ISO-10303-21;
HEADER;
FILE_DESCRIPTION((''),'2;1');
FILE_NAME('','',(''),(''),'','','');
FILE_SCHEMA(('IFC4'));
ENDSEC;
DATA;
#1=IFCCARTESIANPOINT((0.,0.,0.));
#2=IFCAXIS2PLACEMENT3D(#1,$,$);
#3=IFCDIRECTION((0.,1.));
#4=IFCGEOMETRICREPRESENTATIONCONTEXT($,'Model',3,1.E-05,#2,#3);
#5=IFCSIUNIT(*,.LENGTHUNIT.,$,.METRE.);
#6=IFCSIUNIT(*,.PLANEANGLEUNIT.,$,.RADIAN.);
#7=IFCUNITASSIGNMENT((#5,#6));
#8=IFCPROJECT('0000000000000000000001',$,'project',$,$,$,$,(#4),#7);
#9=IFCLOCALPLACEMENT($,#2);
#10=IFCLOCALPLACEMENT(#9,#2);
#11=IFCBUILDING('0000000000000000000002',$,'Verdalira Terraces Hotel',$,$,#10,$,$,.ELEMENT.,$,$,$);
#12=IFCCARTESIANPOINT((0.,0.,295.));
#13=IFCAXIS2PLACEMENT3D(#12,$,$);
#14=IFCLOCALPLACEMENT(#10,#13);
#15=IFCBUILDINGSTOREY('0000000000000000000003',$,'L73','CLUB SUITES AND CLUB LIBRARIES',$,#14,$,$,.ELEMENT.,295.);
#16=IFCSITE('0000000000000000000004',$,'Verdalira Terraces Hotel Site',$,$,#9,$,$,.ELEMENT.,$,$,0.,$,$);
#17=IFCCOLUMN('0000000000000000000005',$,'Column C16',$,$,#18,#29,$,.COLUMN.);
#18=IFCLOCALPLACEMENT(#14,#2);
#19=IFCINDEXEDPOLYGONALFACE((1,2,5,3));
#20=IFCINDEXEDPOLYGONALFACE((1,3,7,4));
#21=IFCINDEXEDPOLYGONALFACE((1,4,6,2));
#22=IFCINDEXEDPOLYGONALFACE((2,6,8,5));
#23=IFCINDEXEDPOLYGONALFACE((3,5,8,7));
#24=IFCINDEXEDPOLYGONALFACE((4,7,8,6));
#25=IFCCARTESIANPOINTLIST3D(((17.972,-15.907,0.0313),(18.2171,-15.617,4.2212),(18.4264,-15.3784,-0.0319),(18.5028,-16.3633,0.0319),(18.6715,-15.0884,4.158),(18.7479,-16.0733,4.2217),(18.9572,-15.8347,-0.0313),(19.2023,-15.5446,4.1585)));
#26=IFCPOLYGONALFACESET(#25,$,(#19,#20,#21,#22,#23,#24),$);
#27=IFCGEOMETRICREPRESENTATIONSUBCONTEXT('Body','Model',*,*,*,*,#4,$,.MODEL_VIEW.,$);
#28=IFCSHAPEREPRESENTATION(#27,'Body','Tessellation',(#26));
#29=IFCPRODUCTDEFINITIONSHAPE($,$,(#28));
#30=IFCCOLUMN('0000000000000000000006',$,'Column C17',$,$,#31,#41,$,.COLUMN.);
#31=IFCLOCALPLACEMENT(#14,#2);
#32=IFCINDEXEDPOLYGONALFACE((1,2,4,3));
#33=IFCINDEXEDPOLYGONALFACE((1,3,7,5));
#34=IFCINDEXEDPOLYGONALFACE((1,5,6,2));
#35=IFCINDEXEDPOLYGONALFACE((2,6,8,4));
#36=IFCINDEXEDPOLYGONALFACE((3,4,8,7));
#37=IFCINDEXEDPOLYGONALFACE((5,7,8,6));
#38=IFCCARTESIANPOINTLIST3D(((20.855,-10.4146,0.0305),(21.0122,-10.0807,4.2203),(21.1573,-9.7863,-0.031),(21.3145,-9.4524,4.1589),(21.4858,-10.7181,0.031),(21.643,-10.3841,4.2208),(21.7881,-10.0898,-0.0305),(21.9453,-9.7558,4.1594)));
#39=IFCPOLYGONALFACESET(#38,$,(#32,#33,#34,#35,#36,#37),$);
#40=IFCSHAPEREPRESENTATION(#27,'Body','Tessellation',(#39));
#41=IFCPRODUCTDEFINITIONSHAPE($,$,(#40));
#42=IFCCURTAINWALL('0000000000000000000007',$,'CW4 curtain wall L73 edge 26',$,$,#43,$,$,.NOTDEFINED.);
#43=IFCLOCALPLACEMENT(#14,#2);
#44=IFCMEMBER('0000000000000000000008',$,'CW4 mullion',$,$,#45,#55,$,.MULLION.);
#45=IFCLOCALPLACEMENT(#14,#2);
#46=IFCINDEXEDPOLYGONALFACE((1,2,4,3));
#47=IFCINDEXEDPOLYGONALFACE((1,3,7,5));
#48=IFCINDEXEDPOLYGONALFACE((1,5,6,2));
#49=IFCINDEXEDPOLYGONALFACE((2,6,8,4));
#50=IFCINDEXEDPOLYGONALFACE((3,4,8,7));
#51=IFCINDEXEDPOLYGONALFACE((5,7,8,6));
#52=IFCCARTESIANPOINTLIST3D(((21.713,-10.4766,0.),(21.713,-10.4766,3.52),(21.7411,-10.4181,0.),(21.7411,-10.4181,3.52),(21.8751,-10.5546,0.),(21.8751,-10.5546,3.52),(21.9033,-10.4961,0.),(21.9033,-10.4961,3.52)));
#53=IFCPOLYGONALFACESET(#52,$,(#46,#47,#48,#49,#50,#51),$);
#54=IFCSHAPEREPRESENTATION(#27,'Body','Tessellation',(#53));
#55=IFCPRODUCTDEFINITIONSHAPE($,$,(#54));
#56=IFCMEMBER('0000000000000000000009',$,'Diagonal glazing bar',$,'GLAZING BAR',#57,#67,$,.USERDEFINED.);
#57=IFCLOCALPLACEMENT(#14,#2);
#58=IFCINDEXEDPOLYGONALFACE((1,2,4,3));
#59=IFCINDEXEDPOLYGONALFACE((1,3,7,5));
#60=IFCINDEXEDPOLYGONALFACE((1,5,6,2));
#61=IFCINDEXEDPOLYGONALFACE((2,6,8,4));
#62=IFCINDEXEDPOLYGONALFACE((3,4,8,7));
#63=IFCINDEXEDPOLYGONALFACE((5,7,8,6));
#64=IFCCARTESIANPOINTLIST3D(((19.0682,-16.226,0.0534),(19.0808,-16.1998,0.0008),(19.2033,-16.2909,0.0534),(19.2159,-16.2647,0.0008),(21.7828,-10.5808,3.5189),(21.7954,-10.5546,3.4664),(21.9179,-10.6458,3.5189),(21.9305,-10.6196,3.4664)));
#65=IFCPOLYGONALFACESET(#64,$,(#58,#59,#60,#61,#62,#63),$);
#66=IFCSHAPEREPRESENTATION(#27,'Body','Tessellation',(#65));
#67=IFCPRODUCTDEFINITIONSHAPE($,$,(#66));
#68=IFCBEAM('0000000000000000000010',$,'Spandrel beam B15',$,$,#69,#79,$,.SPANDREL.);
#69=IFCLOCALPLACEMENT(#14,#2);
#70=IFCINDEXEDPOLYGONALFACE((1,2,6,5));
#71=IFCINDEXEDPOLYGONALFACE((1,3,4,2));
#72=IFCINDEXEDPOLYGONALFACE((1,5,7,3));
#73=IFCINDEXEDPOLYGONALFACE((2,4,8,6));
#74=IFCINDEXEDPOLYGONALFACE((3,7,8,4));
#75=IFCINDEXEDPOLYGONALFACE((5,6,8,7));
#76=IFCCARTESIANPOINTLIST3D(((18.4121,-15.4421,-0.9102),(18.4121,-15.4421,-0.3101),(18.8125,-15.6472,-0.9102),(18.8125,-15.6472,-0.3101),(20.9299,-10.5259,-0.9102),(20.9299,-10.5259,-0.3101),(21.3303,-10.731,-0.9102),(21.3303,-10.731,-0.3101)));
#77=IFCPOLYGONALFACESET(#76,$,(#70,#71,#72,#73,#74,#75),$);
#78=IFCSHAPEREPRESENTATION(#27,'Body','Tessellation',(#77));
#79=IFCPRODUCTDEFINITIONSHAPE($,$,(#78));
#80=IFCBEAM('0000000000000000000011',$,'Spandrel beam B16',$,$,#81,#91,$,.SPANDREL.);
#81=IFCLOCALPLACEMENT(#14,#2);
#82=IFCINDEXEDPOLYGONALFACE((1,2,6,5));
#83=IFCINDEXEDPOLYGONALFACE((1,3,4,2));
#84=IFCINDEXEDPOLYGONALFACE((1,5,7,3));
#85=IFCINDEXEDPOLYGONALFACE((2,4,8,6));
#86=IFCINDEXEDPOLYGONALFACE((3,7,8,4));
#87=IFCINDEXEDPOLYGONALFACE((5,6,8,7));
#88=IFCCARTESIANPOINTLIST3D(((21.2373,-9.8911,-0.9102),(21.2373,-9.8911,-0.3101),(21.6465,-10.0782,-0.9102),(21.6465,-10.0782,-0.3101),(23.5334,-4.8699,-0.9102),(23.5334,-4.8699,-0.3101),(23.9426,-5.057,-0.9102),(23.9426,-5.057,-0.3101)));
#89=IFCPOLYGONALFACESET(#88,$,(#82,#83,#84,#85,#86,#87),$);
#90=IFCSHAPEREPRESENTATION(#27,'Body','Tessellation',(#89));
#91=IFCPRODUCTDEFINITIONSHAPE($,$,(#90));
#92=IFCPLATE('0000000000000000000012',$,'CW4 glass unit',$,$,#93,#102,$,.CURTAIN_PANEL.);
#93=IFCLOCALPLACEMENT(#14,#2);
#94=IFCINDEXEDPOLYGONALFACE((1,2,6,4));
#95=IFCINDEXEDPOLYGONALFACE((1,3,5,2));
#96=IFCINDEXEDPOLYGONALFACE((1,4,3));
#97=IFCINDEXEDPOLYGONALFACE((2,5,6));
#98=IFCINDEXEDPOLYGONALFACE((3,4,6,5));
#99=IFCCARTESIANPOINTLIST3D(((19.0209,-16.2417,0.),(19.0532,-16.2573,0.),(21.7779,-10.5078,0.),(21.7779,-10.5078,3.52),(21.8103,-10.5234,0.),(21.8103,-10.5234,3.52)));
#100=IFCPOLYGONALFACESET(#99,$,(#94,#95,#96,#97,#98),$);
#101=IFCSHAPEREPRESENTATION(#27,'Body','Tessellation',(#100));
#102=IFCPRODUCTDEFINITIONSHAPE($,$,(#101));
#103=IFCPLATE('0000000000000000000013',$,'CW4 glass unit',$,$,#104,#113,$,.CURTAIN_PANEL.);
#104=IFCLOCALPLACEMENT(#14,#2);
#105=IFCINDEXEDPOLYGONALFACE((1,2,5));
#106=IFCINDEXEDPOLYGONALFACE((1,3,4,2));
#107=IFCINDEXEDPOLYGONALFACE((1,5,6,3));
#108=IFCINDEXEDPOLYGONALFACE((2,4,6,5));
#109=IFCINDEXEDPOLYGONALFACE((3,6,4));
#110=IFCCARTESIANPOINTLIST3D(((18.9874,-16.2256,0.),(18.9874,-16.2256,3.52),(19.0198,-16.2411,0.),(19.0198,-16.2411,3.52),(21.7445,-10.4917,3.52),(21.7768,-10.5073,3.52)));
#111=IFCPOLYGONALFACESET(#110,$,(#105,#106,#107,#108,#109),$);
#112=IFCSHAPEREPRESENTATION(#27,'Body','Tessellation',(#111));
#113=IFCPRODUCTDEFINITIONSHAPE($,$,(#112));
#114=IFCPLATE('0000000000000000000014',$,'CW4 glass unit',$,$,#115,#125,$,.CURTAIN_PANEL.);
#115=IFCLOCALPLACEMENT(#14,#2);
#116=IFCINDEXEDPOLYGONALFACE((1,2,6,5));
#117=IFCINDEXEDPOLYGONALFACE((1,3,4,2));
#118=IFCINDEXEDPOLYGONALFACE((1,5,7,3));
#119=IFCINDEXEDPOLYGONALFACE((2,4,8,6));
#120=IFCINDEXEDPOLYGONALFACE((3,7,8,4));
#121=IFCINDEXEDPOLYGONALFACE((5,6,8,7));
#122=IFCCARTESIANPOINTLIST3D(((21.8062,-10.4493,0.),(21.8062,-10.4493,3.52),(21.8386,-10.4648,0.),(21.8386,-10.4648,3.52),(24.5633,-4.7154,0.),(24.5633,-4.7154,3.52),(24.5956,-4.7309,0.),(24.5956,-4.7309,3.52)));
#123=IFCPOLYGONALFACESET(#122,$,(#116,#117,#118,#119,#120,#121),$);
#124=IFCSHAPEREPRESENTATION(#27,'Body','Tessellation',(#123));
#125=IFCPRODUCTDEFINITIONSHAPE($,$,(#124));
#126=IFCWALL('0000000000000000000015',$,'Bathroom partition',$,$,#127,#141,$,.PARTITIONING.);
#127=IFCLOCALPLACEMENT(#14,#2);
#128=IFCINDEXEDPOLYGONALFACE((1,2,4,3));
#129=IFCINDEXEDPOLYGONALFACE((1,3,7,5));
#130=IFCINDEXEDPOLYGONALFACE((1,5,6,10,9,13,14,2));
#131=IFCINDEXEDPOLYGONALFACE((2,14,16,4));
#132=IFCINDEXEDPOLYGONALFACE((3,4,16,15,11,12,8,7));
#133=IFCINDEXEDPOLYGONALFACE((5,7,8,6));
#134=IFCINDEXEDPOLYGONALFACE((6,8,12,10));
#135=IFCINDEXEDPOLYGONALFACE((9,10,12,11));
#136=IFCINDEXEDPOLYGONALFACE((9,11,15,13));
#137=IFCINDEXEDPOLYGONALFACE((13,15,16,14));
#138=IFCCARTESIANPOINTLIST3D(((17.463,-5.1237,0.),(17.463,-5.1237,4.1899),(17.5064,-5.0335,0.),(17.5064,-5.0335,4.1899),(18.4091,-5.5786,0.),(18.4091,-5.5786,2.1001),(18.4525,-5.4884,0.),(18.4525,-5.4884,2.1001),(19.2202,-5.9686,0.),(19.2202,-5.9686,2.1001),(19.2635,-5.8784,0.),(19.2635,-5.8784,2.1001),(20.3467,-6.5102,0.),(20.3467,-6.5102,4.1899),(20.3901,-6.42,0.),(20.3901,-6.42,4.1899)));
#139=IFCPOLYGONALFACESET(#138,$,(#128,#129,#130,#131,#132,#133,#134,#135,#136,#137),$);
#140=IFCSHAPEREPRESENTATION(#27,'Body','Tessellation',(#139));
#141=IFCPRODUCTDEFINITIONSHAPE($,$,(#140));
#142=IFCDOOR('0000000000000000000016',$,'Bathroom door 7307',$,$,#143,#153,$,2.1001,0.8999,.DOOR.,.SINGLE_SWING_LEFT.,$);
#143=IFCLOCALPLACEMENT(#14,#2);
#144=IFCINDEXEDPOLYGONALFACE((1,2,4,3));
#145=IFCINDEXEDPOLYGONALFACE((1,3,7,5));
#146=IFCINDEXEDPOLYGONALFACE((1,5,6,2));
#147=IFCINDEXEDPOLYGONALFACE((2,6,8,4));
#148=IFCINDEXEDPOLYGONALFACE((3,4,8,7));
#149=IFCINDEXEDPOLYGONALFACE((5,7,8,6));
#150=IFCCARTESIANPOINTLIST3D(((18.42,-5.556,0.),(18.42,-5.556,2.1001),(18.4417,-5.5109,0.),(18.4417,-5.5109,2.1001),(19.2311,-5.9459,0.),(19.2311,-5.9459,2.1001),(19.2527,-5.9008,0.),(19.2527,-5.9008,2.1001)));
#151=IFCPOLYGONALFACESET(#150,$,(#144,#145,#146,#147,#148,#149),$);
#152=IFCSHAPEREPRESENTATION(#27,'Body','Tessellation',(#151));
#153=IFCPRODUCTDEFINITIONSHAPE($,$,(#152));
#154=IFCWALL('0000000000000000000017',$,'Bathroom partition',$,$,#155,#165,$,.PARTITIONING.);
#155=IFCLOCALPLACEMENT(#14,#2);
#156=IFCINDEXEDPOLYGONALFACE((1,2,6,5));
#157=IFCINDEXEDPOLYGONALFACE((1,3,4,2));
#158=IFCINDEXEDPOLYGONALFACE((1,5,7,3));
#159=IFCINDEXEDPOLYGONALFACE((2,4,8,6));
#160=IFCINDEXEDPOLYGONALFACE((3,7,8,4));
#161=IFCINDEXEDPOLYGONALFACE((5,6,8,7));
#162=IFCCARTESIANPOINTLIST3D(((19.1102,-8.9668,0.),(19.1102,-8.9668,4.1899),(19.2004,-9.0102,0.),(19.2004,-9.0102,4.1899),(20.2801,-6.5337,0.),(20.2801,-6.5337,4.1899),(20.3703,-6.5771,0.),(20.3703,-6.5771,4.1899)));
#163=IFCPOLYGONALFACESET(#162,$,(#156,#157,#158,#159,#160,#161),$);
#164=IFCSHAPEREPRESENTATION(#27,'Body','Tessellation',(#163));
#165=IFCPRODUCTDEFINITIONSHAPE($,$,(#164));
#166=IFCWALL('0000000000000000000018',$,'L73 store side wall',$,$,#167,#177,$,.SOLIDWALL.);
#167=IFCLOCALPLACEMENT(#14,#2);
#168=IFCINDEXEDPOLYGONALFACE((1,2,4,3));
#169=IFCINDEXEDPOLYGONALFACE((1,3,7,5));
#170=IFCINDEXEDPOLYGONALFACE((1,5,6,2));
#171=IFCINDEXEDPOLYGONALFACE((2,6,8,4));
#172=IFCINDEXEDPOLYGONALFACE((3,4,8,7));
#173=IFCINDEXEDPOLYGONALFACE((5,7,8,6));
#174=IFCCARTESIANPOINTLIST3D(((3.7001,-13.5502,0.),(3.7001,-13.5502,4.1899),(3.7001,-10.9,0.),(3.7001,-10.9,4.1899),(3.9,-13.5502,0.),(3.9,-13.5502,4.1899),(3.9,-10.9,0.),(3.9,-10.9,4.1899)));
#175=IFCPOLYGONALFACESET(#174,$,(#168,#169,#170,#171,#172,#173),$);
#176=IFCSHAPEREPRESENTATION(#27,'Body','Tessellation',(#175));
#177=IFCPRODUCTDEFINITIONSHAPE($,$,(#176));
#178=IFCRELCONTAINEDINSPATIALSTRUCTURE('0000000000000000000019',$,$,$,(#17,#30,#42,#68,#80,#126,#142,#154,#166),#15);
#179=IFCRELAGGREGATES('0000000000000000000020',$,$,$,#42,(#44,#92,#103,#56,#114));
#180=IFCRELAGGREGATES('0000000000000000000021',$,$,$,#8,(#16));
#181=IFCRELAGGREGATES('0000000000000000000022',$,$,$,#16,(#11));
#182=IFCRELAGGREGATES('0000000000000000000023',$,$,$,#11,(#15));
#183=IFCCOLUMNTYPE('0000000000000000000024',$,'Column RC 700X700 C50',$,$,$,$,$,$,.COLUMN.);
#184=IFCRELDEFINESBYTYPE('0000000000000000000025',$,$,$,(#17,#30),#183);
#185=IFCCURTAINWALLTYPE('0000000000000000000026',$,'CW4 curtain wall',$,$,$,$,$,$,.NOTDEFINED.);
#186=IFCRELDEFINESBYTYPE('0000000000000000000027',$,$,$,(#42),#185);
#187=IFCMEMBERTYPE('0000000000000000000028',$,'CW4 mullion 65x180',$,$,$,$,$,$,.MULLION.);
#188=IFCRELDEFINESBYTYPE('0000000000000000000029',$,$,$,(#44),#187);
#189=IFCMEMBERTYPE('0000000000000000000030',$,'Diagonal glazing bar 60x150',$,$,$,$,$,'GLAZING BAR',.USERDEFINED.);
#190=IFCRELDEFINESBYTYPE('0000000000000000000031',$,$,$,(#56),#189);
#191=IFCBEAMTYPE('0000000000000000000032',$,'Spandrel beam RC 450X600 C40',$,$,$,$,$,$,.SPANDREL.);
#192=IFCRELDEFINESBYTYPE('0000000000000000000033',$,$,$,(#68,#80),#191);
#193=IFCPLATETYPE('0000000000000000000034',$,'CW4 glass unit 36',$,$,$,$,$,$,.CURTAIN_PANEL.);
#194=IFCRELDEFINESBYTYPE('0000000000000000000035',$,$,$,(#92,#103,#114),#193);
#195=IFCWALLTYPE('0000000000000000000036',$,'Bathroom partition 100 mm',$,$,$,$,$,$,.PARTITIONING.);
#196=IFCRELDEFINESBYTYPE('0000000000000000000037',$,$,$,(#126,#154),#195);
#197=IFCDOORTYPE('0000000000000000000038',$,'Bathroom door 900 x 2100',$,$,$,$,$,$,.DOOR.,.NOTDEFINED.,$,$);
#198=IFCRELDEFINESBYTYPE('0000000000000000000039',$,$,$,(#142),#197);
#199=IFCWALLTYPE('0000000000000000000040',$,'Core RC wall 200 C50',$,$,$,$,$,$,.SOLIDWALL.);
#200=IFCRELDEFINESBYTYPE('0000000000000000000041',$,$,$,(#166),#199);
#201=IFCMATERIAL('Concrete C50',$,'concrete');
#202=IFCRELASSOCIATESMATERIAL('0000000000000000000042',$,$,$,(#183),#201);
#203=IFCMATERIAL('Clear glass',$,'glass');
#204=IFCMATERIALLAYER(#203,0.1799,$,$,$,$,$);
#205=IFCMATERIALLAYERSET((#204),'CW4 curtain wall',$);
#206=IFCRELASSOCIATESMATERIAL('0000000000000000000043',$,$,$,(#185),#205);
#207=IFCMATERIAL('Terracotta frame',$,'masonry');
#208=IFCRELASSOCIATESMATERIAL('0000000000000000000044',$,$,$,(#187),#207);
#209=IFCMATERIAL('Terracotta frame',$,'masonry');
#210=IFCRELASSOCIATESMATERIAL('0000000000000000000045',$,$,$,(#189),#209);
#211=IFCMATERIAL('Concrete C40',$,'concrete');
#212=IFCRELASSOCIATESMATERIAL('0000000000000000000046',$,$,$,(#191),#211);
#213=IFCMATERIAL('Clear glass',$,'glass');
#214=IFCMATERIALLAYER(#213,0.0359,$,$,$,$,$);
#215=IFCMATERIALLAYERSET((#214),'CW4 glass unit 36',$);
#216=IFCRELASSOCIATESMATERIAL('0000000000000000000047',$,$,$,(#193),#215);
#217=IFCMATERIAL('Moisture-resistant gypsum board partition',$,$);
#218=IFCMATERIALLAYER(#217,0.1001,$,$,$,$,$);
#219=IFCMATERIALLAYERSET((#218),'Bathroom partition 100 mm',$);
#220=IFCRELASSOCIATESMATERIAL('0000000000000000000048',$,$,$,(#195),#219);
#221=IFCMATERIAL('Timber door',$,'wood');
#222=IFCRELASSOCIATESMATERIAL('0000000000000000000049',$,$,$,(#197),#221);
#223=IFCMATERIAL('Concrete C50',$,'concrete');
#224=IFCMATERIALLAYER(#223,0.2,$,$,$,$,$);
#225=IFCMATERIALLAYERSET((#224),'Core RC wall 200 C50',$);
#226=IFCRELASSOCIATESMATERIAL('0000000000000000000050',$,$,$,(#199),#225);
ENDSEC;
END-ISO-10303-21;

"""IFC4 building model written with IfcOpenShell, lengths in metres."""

from ifc_helpers import new_model, si_unit, direction, frame, frame_2d, origin, origin_2d, place, context, subcontext, project, spatial, polyline, rectangle, outline, extrude, material, layer, layer_set, material_profile, profile_set, type_object, element, fill, aggregate, save


model = new_model("IFC4")

# Units and contexts
model_context = context("Model", 3, precision=1e-05, world=origin(), true_north=direction((0.0, 1.0)))
body_context = subcontext(model_context, "Body", "Model", "MODEL_VIEW")
ifc_project = project(units=[si_unit("LENGTHUNIT", "METRE"), si_unit("PLANEANGLEUNIT", "RADIAN")], contexts=[model_context])

# Site, building, storey
site_placement = place(None, origin())
site = spatial("IfcSite", under=ifc_project, at=site_placement, Name="Verdalira Terraces Hotel Site", CompositionType="ELEMENT", RefElevation=0.0)
building_placement = place(site_placement, origin())
building = spatial("IfcBuilding", under=site, at=building_placement, Name="Verdalira Terraces Hotel", CompositionType="ELEMENT")
storey_placement = place(building_placement, frame((0.0, 0.0, 295.0)))
storey = spatial("IfcBuildingStorey", under=building, at=storey_placement, Name="L73", Description="CLUB SUITES AND CLUB LIBRARIES", CompositionType="ELEMENT", Elevation=295.0)

# Columns
ifc_material_1 = material(Name="Concrete C50", Category="concrete")
ifc_material_profile_1 = material_profile(ifc_material_1, rectangle(XDim=0.7, YDim=0.7, at=origin_2d()), Name="RC 700X700")
ifc_profile_set_1 = profile_set([ifc_material_profile_1], Name="Concrete C50")
column_type = type_object("IfcColumnType", Name="Column RC 700X700 C50", PredefinedType="COLUMN", material=ifc_profile_set_1)
column_1_placement = place(storey_placement, frame((18.4646, -15.8709, 0.0), z_axis=(0.058263, 0.06894, 0.995918), x_axis=(-0.649249, -0.755202, 0.090259)))
element("IfcColumn", 1, at=column_1_placement, inside=storey, type_object=column_type, Name="Column C16", PredefinedType="COLUMN", context=body_context, shape_type="SweptSolid", body=[
    extrude(rectangle(XDim=0.7, YDim=0.7, at=origin_2d()), origin(), (0.0, 0.0, 1.0), 4.207),
])
column_2_placement = place(storey_placement, frame((21.3215, -10.2522, 0.0), z_axis=(0.03738, 0.079403, 0.996141), x_axis=(0.431876, 0.897654, -0.087759)))
element("IfcColumn", 2, at=column_2_placement, inside=storey, type_object=column_type, Name="Column C17", PredefinedType="COLUMN", context=body_context, shape_type="SweptSolid", body=[
    extrude(rectangle(XDim=0.7, YDim=0.7, at=origin_2d()), origin(), (0.0, 0.0, 1.0), 4.2061),
])

# Curtain wall, members
ifc_material_2 = material(Name="Clear glass", Category="glass")
ifc_layer_1 = layer(ifc_material_2, 0.1799)
ifc_layer_set_1 = layer_set([ifc_layer_1], Name="CW4 curtain wall")
curtain_wall_type = type_object("IfcCurtainWallType", Name="CW4 curtain wall", PredefinedType="NOTDEFINED", material=ifc_layer_set_1)
curtain_wall_placement = place(storey_placement, origin())
curtain_wall = element("IfcCurtainWall", 3, at=curtain_wall_placement, inside=storey, type_object=curtain_wall_type, Name="CW4 curtain wall L73 edge 26", PredefinedType="NOTDEFINED")
ifc_material_3 = material(Name="Terracotta frame", Category="masonry")
ifc_material_profile_2 = material_profile(ifc_material_3, rectangle(XDim=0.0649, YDim=0.1799, at=origin_2d()), Name="MU 65x180")
ifc_profile_set_2 = profile_set([ifc_material_profile_2], Name="Terracotta frame")
member_type_1 = type_object("IfcMemberType", Name="CW4 mullion 65x180", PredefinedType="MULLION", material=ifc_profile_set_2)
member_1_placement = place(storey_placement, frame((21.8081, -10.4863, 0.0), z_axis=(0.0, 0.0, 1.0), x_axis=(0.433345, 0.901228, 0.0)))
member_1 = element("IfcMember", 4, at=member_1_placement, type_object=member_type_1, Name="CW4 mullion", PredefinedType="MULLION", context=body_context, shape_type="SweptSolid", body=[
    extrude(rectangle(XDim=0.0649, YDim=0.1799, at=origin_2d()), origin(), (0.0, 0.0, 1.0), 3.52),
])
ifc_material_4 = material(Name="Terracotta frame", Category="masonry")
ifc_material_profile_3 = material_profile(ifc_material_4, rectangle(XDim=0.1499, YDim=0.0601, at=origin_2d()), Name="GB 60x150")
ifc_profile_set_3 = profile_set([ifc_material_profile_3], Name="Terracotta frame")
member_type_2 = type_object("IfcMemberType", Name="Diagonal glazing bar 60x150", ElementType="GLAZING BAR", PredefinedType="USERDEFINED", material=ifc_profile_set_3)
member_2_placement = place(storey_placement, frame((19.1421, -16.2454, 0.0271), z_axis=(0.379198, 0.788578, 0.484101), x_axis=(-0.901219, 0.433363, 0.0)))
member_2 = element("IfcMember", 5, at=member_2_placement, type_object=member_type_2, Name="Diagonal glazing bar", ObjectType="GLAZING BAR", PredefinedType="USERDEFINED", context=body_context, shape_type="SweptSolid", body=[
    extrude(rectangle(XDim=0.1499, YDim=0.0601, at=origin_2d()), origin(), (0.0, 0.0, 1.0), 7.1587),
])

# Beams
ifc_material_5 = material(Name="Concrete C40", Category="concrete")
ifc_material_profile_4 = material_profile(ifc_material_5, rectangle(XDim=0.45, YDim=0.6001, at=origin_2d()), Name="RC 450X600")
ifc_profile_set_4 = profile_set([ifc_material_profile_4], Name="Concrete C40")
beam_type = type_object("IfcBeamType", Name="Spandrel beam RC 450X600 C40", PredefinedType="SPANDREL", material=ifc_profile_set_4)
beam_1_placement = place(storey_placement, frame((18.6123, -15.5447, -0.6101), z_axis=(0.455838, 0.890063, 0.0), x_axis=(-0.890063, 0.455838, 0.0)))
element("IfcBeam", 6, at=beam_1_placement, inside=storey, type_object=beam_type, Name="Spandrel beam B15", PredefinedType="SPANDREL", context=body_context, shape_type="SweptSolid", body=[
    extrude(rectangle(XDim=0.45, YDim=0.6001, at=origin_2d()), origin(), (0.0, 0.0, 1.0), 5.5234),
])
beam_2_placement = place(storey_placement, frame((21.4419, -9.9846, -0.6101), z_axis=(0.415867, 0.909425, 0.0), x_axis=(-0.909425, 0.415867, 0.0)))
element("IfcBeam", 7, at=beam_2_placement, inside=storey, type_object=beam_type, Name="Spandrel beam B16", PredefinedType="SPANDREL", context=body_context, shape_type="SweptSolid", body=[
    extrude(rectangle(XDim=0.45, YDim=0.6001, at=origin_2d()), origin(), (0.0, 0.0, 1.0), 5.5212),
])

# Plates
ifc_material_6 = material(Name="Clear glass", Category="glass")
ifc_layer_2 = layer(ifc_material_6, 0.0359)
ifc_layer_set_2 = layer_set([ifc_layer_2], Name="CW4 glass unit 36")
plate_type = type_object("IfcPlateType", Name="CW4 glass unit 36", PredefinedType="CURTAIN_PANEL", material=ifc_layer_set_2)
plate_1_placement = place(storey_placement, frame((20.3994, -13.3748, 1.76), z_axis=(0.901228, -0.433345, 0.0), x_axis=(0.433345, 0.901228, 0.0)))
plate_1 = element("IfcPlate", 8, at=plate_1_placement, type_object=plate_type, Name="CW4 glass unit", PredefinedType="CURTAIN_PANEL", context=body_context, shape_type="SweptSolid", body=[
    extrude(outline(polyline([(-3.1812, -1.76), (3.1812, -1.76), (3.1812, 1.76), (-3.1812, -1.76)])), origin(), (0.0, 0.0, 1.0), 0.0359),
])
plate_2_placement = place(storey_placement, frame((20.366, -13.3586, 1.76), z_axis=(0.901228, -0.433345, 0.0), x_axis=(0.433345, 0.901228, 0.0)))
plate_2 = element("IfcPlate", 9, at=plate_2_placement, type_object=plate_type, Name="CW4 glass unit", PredefinedType="CURTAIN_PANEL", context=body_context, shape_type="SweptSolid", body=[
    extrude(outline(polyline([(-3.1812, -1.76), (3.1812, 1.76), (-3.1812, 1.76), (-3.1812, -1.76)])), origin(), (0.0, 0.0, 1.0), 0.0359),
])
plate_3_placement = place(storey_placement, frame((23.2009, -7.5901, 0.0), z_axis=(0.0, 0.0, 1.0), x_axis=(0.433345, 0.901228, 0.0)))
plate_3 = element("IfcPlate", 10, at=plate_3_placement, type_object=plate_type, Name="CW4 glass unit", PredefinedType="CURTAIN_PANEL", context=body_context, shape_type="SweptSolid", body=[
    extrude(rectangle(XDim=6.3623, YDim=0.0359, at=origin_2d()), origin(), (0.0, 0.0, 1.0), 3.52),
])
aggregate(curtain_wall, [member_1, plate_1, plate_2, member_2, plate_3])

# Wall, opening, door
ifc_material_7 = material(Name="Moisture-resistant gypsum board partition")
ifc_layer_3 = layer(ifc_material_7, 0.1001)
ifc_layer_set_3 = layer_set([ifc_layer_3], Name="Bathroom partition 100 mm")
wall_type_1 = type_object("IfcWallType", Name="Bathroom partition 100 mm", PredefinedType="PARTITIONING", material=ifc_layer_set_3)
wall_1_placement = place(storey_placement, frame((20.3684, -6.4651, 0.0), z_axis=(0.0, 0.0, 1.0), x_axis=(-0.901248, 0.433304, 0.0)))
wall_1 = element("IfcWall", 11, at=wall_1_placement, inside=storey, type_object=wall_type_1, Name="Bathroom partition", PredefinedType="PARTITIONING", context=body_context, shape_type="SweptSolid", body=[
    extrude(rectangle(XDim=3.1997, YDim=0.1001, at=frame_2d((1.5999, 0.0))), origin(), (0.0, 0.0, 1.0), 4.1899),
])
opening_1_placement = place(wall_1_placement, frame((1.25, 0.0, 0.0)))
opening_1 = element("IfcOpeningElement", 12, at=opening_1_placement, cuts=wall_1, PredefinedType="OPENING", context=body_context, shape_type="SweptSolid", body=[
    extrude(rectangle(XDim=0.8999, YDim=2.1001, at=frame_2d((0.45, 1.05))), frame((0.0, 0.0601, 0.0), z_axis=(0.0, -1.0, 0.0), x_axis=(1.0, 0.0, 0.0)), (0.0, 0.0, 1.0), 0.1201),
])
ifc_material_8 = material(Name="Timber door", Category="wood")
door_type_1 = type_object("IfcDoorType", Name="Bathroom door 900 x 2100", OperationType="NOTDEFINED", PredefinedType="DOOR", material=ifc_material_8)
door_1_placement = place(opening_1_placement, origin())
door_1 = element("IfcDoor", 13, at=door_1_placement, inside=storey, type_object=door_type_1, Name="Bathroom door 7307", OperationType="SINGLE_SWING_LEFT", OverallHeight=2.1001, OverallWidth=0.8999, PredefinedType="DOOR", context=body_context, shape_type="SweptSolid", body=[
    extrude(rectangle(XDim=0.8999, YDim=2.1001, at=frame_2d((0.45, 1.05))), frame((0.0, 0.0249, 0.0), z_axis=(0.0, -1.0, 0.0), x_axis=(1.0, 0.0, 0.0)), (0.0, 0.0, 1.0), 0.05),
])
fill(opening_1, door_1)

# Walls
wall_2_placement = place(storey_placement, frame((20.3252, -6.5554, 0.0), z_axis=(0.0, 0.0, 1.0), x_axis=(-0.433342, -0.901229, 0.0)))
element("IfcWall", 14, at=wall_2_placement, inside=storey, type_object=wall_type_1, Name="Bathroom partition", PredefinedType="PARTITIONING", context=body_context, shape_type="SweptSolid", body=[
    extrude(rectangle(XDim=2.6997, YDim=0.1001, at=frame_2d((1.3499, 0.0))), origin(), (0.0, 0.0, 1.0), 4.1899),
])
ifc_material_9 = material(Name="Concrete C50", Category="concrete")
ifc_layer_4 = layer(ifc_material_9, 0.2)
ifc_layer_set_4 = layer_set([ifc_layer_4], Name="Core RC wall 200 C50")
wall_type_2 = type_object("IfcWallType", Name="Core RC wall 200 C50", PredefinedType="SOLIDWALL", material=ifc_layer_set_4)
wall_3_placement = place(storey_placement, frame((3.8, -10.8999, 0.0), z_axis=(0.0, 0.0, 1.0), x_axis=(0.0, -1.0, 0.0)))
element("IfcWall", 15, at=wall_3_placement, inside=storey, type_object=wall_type_2, Name="L73 store side wall", PredefinedType="SOLIDWALL", context=body_context, shape_type="SweptSolid", body=[
    extrude(rectangle(XDim=2.6501, YDim=0.2, at=frame_2d((1.3252, 0.0))), origin(), (0.0, 0.0, 1.0), 4.1899),
])

save(model, "model.ifc")
